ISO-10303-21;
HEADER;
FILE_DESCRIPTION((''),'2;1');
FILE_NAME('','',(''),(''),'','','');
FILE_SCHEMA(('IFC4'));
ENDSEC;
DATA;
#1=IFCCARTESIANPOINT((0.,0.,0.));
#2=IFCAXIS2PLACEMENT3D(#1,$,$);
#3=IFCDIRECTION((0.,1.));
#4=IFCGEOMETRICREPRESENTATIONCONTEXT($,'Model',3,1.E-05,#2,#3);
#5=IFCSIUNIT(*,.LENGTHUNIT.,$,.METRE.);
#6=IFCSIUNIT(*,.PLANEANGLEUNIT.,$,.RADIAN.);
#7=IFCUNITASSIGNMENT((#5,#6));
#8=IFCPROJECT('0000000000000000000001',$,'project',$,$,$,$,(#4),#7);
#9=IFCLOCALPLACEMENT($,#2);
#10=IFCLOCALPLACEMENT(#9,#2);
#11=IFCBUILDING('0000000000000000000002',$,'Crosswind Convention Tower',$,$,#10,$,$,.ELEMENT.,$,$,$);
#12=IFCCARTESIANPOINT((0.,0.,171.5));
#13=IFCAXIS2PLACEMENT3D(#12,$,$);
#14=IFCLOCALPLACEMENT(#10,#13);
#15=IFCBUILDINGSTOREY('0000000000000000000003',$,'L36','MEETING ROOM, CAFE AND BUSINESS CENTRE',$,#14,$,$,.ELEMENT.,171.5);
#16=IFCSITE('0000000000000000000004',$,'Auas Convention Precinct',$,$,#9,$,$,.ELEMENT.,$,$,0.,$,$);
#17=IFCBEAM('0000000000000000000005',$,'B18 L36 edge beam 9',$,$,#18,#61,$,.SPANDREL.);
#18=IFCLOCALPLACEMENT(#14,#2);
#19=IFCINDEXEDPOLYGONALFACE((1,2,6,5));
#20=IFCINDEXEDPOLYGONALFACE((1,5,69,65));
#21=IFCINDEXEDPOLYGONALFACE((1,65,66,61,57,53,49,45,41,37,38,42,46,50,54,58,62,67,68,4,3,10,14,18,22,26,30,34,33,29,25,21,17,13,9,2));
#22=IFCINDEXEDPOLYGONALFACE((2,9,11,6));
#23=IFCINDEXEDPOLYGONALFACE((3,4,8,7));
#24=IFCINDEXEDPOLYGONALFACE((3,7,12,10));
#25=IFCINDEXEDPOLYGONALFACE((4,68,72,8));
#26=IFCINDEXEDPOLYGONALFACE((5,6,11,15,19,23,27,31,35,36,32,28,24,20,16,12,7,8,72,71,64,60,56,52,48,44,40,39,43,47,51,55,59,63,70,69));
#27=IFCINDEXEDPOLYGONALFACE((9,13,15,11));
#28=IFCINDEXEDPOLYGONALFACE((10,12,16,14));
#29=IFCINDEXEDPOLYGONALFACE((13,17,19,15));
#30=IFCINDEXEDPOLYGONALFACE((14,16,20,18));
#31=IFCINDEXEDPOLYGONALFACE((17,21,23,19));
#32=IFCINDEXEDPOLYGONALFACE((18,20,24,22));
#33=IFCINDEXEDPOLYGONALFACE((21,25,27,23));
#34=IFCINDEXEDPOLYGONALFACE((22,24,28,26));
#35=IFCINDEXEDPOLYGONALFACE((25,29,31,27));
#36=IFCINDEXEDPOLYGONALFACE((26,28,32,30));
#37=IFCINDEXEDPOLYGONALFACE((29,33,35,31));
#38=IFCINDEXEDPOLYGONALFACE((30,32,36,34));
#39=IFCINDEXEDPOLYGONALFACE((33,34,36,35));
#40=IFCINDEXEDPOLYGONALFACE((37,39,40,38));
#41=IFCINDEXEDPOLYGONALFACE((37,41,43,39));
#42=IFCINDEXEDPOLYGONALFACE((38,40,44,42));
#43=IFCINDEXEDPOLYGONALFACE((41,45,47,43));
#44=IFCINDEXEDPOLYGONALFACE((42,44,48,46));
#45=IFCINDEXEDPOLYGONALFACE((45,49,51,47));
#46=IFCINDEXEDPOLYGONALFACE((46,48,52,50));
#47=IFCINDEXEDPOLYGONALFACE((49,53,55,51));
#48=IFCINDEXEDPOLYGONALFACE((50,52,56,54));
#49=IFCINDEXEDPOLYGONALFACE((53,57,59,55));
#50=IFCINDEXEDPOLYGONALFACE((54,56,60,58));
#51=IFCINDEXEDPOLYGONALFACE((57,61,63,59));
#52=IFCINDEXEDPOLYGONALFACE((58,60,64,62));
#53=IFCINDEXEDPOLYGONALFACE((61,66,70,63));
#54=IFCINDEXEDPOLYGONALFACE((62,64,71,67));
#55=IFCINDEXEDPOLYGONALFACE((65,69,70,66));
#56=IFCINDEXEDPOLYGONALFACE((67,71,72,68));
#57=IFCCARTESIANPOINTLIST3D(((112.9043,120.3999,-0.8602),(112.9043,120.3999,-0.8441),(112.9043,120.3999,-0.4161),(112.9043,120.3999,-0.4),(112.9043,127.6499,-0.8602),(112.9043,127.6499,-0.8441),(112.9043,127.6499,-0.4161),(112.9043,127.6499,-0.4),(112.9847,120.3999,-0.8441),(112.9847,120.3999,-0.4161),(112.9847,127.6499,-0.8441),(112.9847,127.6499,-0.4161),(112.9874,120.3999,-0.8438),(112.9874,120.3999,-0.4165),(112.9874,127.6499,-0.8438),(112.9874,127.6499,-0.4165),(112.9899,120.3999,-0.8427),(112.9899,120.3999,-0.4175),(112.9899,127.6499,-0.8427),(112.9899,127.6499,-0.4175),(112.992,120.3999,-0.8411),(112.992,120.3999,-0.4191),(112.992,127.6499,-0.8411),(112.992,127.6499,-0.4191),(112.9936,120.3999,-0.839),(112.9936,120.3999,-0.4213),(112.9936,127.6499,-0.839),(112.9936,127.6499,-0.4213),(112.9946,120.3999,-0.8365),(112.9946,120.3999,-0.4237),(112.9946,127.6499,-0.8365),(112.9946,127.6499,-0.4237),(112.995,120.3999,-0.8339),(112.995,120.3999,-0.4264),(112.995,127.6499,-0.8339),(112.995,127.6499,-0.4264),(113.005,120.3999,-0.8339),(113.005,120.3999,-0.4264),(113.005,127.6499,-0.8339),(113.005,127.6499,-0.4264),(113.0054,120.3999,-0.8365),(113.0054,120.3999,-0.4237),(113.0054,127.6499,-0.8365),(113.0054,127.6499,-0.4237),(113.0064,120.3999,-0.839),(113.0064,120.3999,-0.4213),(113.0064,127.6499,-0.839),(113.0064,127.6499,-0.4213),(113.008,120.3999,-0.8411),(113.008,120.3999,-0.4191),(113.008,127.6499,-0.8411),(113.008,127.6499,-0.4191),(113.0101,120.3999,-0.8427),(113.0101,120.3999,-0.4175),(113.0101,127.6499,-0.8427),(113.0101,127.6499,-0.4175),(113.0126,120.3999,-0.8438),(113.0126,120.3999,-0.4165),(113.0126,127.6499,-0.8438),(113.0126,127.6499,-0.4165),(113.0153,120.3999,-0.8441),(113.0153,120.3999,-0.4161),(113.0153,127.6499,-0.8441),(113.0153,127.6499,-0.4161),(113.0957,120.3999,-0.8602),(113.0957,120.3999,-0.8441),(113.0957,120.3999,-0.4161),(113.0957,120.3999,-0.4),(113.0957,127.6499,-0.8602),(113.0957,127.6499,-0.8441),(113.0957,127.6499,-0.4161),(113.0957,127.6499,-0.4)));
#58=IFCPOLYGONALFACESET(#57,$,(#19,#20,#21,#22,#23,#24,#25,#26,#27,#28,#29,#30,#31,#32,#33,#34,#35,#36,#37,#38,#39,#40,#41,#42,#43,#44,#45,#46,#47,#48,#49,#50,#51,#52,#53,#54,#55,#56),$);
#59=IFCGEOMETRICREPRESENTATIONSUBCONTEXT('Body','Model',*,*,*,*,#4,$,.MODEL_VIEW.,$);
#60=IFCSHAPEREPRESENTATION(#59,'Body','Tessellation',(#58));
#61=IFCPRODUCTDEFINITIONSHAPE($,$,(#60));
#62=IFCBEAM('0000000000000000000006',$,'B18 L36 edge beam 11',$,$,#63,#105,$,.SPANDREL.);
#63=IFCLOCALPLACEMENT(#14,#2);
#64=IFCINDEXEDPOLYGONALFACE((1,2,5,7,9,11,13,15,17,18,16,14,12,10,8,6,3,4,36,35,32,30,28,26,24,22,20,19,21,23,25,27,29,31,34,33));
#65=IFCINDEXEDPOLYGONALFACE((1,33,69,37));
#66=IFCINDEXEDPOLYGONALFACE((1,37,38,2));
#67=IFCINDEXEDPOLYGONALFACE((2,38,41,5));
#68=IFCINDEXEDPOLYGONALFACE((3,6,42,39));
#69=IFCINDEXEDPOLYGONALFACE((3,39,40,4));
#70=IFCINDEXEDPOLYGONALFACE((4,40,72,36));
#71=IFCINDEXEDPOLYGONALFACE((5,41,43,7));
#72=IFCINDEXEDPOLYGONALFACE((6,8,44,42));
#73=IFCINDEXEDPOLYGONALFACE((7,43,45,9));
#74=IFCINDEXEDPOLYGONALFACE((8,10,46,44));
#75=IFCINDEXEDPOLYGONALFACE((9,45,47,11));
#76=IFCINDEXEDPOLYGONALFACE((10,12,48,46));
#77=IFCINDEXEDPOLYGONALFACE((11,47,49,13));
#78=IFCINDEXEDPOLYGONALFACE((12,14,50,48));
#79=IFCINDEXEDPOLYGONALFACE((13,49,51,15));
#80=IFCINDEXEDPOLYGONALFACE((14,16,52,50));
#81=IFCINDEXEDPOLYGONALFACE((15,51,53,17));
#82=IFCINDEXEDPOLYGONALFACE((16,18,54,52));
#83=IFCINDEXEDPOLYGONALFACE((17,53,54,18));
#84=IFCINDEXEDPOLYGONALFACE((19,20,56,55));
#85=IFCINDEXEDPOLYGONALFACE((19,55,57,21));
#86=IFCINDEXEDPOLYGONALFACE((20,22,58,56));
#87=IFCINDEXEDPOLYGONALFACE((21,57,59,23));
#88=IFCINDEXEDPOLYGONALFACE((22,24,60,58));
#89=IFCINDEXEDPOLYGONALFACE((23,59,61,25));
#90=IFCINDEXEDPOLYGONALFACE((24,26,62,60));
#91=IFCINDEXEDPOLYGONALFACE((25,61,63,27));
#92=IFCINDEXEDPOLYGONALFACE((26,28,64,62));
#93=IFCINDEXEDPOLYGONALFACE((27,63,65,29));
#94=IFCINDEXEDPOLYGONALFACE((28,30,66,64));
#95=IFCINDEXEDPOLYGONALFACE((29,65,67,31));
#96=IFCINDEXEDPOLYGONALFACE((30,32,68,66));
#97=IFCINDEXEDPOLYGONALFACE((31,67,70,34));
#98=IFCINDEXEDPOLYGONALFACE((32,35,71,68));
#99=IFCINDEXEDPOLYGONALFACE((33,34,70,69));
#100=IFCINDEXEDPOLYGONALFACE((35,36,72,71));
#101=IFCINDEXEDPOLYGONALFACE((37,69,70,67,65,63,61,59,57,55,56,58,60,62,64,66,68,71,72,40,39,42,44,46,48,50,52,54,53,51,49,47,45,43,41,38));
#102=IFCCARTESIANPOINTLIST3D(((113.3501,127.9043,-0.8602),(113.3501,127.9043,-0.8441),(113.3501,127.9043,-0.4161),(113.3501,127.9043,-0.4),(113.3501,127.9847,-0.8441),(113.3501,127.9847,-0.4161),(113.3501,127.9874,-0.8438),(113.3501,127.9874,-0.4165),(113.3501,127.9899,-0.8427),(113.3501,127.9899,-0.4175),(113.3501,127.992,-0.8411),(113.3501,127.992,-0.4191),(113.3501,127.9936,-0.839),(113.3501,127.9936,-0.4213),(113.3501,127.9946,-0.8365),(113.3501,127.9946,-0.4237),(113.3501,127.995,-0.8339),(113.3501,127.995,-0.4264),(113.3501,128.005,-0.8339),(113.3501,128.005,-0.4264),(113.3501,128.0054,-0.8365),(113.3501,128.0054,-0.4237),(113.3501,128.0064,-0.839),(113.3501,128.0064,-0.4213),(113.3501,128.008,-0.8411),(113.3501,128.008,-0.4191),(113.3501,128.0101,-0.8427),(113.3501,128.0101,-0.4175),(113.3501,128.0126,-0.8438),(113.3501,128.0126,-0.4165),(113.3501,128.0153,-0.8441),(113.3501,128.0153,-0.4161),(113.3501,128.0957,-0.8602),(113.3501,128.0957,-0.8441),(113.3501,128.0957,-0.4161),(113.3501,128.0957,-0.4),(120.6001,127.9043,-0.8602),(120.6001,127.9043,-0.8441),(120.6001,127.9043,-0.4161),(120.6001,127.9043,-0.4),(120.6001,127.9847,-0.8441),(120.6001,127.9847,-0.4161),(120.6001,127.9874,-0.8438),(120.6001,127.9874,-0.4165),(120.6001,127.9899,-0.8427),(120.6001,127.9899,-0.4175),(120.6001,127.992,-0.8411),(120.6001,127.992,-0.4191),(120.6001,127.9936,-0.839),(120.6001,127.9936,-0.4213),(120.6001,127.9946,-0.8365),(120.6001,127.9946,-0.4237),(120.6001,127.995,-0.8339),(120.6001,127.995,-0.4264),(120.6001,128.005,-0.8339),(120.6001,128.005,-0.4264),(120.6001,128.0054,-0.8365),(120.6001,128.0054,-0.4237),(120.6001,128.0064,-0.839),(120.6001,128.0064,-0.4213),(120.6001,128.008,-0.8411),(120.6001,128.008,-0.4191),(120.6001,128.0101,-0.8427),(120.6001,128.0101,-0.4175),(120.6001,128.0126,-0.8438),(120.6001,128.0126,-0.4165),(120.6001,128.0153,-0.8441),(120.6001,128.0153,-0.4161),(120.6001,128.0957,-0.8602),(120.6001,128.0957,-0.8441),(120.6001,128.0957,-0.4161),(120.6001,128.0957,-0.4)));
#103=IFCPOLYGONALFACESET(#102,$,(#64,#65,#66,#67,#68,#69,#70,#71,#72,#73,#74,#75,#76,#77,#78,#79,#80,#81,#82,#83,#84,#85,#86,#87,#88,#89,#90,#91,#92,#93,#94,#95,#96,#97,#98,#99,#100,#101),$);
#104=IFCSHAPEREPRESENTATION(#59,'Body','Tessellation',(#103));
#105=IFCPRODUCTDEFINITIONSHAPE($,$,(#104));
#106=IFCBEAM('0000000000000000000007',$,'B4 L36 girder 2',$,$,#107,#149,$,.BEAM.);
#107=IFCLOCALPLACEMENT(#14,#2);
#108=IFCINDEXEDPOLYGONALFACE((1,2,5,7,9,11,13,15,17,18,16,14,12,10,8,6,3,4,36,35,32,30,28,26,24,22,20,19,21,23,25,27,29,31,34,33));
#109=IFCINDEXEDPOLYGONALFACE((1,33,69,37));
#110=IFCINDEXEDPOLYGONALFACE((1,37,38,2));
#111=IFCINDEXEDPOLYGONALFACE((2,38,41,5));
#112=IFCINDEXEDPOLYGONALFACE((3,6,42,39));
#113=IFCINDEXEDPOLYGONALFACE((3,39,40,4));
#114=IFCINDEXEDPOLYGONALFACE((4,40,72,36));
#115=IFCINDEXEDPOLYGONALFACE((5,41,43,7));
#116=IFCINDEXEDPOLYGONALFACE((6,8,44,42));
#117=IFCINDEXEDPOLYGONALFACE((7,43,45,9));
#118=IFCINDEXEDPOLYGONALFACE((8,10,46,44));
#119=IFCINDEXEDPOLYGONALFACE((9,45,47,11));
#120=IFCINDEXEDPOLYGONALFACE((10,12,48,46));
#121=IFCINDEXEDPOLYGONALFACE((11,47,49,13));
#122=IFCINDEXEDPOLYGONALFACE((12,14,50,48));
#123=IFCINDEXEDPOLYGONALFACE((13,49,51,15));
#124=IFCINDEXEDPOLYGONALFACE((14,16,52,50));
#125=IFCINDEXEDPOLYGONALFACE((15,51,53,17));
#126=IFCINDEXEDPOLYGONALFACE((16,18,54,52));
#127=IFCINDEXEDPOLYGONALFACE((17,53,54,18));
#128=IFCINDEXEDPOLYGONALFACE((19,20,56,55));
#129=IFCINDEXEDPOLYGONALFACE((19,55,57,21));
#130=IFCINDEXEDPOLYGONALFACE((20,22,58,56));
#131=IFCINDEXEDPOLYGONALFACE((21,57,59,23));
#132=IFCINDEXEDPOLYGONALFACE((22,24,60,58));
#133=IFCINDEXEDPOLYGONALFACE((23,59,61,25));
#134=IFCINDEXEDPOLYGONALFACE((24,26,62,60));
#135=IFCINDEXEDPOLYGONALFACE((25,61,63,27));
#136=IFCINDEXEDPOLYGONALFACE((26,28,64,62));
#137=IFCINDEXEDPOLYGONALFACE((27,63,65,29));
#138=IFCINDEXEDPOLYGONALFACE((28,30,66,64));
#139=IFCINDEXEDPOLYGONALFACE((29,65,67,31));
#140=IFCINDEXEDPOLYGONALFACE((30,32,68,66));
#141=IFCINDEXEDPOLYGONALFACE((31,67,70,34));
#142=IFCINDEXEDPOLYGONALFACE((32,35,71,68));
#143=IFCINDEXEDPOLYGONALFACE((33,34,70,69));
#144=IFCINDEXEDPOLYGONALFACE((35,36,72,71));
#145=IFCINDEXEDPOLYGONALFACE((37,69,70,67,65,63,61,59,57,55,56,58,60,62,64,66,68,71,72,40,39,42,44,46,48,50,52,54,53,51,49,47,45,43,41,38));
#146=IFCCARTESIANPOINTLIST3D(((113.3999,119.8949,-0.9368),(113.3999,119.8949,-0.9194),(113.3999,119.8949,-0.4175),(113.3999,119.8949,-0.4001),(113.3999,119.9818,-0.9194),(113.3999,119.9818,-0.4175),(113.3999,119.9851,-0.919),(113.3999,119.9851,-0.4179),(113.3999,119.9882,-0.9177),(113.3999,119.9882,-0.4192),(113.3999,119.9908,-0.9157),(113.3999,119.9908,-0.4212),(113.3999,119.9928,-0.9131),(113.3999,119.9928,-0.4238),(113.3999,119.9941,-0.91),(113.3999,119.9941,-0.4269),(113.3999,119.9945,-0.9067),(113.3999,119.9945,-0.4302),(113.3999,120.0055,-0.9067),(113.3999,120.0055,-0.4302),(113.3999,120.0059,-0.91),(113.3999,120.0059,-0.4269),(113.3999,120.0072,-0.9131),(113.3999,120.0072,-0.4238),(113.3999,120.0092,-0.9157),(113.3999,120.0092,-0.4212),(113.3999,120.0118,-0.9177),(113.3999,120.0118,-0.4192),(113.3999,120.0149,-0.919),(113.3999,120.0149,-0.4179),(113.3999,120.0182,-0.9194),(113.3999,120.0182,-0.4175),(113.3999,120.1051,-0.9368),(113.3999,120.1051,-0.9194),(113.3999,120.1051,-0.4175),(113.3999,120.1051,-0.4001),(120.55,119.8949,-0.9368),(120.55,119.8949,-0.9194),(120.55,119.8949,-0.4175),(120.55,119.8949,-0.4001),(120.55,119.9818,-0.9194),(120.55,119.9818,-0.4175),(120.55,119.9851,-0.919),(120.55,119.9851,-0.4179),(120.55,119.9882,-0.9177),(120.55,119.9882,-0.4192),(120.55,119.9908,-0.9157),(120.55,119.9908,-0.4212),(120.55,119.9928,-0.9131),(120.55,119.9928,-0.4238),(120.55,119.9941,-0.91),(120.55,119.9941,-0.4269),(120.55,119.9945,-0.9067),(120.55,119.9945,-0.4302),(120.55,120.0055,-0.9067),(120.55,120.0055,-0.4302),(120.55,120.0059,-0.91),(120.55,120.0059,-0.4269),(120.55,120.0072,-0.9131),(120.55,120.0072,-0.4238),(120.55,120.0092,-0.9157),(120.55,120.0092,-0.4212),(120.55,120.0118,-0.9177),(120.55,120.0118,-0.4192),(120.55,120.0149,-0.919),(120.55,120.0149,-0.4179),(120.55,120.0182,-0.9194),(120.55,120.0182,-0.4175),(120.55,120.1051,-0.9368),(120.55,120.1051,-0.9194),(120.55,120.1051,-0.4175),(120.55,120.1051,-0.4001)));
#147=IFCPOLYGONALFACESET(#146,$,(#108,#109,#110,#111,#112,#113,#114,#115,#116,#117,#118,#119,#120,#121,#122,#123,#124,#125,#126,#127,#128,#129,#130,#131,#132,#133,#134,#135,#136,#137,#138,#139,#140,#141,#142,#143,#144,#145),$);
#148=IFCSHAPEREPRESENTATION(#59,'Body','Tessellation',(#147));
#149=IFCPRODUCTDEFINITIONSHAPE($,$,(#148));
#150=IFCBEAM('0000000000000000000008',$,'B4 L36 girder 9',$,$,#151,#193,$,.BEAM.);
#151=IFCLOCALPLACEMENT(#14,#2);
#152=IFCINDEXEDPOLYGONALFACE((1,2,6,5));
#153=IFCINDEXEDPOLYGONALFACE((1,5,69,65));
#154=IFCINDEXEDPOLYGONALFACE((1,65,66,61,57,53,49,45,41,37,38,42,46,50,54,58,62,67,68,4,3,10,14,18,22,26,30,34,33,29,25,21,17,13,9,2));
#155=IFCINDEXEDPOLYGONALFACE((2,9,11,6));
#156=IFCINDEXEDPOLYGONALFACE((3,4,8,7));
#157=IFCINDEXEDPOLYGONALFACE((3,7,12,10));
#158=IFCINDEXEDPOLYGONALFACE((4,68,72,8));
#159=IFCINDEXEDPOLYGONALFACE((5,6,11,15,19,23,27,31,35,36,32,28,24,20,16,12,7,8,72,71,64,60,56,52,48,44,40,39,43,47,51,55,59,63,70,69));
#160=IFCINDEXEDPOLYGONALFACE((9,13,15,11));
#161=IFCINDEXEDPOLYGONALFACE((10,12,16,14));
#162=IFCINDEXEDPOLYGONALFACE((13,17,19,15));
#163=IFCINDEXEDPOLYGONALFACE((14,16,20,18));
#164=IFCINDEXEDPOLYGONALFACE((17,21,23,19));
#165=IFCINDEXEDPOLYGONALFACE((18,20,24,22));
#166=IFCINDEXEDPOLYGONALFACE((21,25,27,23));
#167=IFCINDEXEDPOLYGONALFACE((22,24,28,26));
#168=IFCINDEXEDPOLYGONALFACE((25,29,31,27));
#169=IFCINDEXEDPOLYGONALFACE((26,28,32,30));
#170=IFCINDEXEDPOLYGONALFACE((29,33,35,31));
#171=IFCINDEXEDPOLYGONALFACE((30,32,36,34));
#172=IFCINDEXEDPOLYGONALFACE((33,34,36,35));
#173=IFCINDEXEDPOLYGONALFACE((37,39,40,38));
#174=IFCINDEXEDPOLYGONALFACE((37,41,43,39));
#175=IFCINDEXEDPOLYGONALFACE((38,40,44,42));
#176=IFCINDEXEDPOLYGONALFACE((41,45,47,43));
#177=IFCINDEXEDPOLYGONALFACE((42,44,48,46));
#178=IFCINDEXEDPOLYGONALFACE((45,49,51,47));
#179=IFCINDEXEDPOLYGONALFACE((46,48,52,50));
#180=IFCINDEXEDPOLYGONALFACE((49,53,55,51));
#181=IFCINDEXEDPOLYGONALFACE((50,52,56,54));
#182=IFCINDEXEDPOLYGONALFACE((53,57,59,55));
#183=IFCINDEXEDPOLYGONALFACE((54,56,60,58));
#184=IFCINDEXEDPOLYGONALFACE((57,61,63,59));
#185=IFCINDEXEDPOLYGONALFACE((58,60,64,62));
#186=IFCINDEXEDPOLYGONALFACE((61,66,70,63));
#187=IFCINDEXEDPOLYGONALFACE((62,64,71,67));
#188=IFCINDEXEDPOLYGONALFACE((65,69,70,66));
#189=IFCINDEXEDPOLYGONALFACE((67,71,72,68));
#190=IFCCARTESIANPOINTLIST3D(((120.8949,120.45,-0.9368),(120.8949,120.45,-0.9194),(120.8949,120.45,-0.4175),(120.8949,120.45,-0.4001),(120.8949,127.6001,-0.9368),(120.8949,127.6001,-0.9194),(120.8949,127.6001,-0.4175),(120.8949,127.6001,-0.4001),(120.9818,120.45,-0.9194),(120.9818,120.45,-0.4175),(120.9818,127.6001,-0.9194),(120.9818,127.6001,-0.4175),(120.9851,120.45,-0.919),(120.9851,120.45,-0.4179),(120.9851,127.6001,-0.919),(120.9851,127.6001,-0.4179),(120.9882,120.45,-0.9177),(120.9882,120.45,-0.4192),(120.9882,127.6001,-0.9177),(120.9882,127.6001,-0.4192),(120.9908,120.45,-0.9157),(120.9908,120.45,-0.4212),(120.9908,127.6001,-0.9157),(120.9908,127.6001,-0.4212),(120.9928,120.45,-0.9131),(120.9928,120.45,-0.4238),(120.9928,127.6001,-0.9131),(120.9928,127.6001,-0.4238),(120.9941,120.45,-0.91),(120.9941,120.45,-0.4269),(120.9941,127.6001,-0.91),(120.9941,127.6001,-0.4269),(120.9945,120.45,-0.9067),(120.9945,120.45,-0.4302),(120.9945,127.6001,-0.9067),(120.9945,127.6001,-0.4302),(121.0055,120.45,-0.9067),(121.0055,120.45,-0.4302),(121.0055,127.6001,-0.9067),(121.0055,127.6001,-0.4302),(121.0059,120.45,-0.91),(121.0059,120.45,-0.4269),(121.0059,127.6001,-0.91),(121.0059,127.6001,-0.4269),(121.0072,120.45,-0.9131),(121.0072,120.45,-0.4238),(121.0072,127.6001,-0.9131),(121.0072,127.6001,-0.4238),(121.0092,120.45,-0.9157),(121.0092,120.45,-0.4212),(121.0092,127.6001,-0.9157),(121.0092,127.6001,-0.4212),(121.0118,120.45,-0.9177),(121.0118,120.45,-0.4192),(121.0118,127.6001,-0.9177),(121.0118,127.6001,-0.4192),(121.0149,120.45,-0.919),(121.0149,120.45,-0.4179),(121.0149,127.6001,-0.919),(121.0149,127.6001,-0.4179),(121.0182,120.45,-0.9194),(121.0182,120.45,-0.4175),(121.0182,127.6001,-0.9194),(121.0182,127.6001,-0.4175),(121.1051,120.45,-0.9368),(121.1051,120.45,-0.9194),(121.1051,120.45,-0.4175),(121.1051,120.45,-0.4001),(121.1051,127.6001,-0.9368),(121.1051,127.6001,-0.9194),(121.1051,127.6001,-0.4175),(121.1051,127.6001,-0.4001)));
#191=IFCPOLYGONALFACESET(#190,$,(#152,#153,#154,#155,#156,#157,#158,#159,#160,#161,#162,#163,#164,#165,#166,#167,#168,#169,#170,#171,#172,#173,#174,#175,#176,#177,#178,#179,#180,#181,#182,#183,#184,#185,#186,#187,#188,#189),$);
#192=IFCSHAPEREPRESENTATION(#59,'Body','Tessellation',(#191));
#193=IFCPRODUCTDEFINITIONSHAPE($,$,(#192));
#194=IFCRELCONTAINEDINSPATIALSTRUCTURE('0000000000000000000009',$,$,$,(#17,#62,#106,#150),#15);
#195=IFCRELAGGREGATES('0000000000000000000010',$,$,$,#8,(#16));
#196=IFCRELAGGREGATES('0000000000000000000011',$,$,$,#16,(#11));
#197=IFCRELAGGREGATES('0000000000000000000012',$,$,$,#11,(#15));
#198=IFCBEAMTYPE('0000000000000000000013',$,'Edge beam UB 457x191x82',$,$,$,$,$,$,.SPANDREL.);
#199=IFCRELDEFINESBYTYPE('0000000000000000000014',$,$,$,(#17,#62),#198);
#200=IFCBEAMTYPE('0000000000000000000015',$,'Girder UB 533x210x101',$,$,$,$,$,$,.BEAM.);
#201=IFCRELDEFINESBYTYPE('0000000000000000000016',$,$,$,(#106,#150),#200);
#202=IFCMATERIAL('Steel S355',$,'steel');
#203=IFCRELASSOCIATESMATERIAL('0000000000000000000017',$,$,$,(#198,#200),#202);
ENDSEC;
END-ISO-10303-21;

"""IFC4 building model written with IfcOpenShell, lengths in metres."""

from ifc_helpers import new_model, si_unit, direction, frame, origin, origin_2d, place, context, subcontext, project, spatial, i_section, extrude, material, material_profile, profile_set, type_object, element, save


model = new_model("IFC4")

# Units and contexts
model_context = context("Model", 3, precision=1e-05, world=origin(), true_north=direction((0.0, 1.0)))
body_context = subcontext(model_context, "Body", "Model", "MODEL_VIEW")
ifc_project = project(units=[si_unit("LENGTHUNIT", "METRE"), si_unit("PLANEANGLEUNIT", "RADIAN")], contexts=[model_context])

# Site, building, storey
site_placement = place(None, origin())
site = spatial("IfcSite", under=ifc_project, at=site_placement, Name="Auas Convention Precinct", CompositionType="ELEMENT", RefElevation=0.0)
building_placement = place(site_placement, origin())
building = spatial("IfcBuilding", under=site, at=building_placement, Name="Crosswind Convention Tower", CompositionType="ELEMENT")
storey_placement = place(building_placement, frame((0.0, 0.0, 171.5)))
storey = spatial("IfcBuildingStorey", under=building, at=storey_placement, Name="L36", Description="MEETING ROOM, CAFE AND BUSINESS CENTRE", CompositionType="ELEMENT", Elevation=171.5)

# Beams
ifc_material_1 = material(Name="Steel S355", Category="steel")
ifc_material_profile_1 = material_profile(ifc_material_1, i_section(OverallWidth=0.1914, OverallDepth=0.4602, WebThickness=0.01, FlangeThickness=0.0161, FilletRadius=0.0103, at=origin_2d()), Name="UB 457x191x82")
ifc_profile_set_1 = profile_set([ifc_material_profile_1], Name="Steel S355")
beam_type_1 = type_object("IfcBeamType", Name="Edge beam UB 457x191x82", PredefinedType="SPANDREL", material=ifc_profile_set_1)
for number, where, z_axis, x_axis, name in (
    (1, (113.0, 120.3999, -0.6301), (0.0, 1.0, 0.0), (-1.0, 0.0, 0.0), "B18 L36 edge beam 9"),
    (2, (113.3501, 128.0, -0.6301), (1.0, 0.0, 0.0), (0.0, 1.0, 0.0), "B18 L36 edge beam 11"),
):
    element("IfcBeam", number, at=place(storey_placement, frame(where, z_axis=z_axis, x_axis=x_axis)), inside=storey, type_object=beam_type_1, Name=name, PredefinedType="SPANDREL", context=body_context, shape_type="SweptSolid", body=[
        extrude(i_section(OverallWidth=0.1914, OverallDepth=0.4602, WebThickness=0.01, FlangeThickness=0.0161, FilletRadius=0.0103, at=origin_2d()), origin(), (0.0, 0.0, 1.0), 7.25),
    ])
ifc_material_profile_2 = material_profile(ifc_material_1, i_section(OverallWidth=0.2102, OverallDepth=0.5366, WebThickness=0.011, FlangeThickness=0.0173, FilletRadius=0.0127, at=origin_2d()), Name="UB 533x210x101")
ifc_profile_set_2 = profile_set([ifc_material_profile_2], Name="Steel S355")
beam_type_2 = type_object("IfcBeamType", Name="Girder UB 533x210x101", PredefinedType="BEAM", material=ifc_profile_set_2)
for number, where, z_axis, x_axis, name in (
    (3, (113.3999, 120.0, -0.6685), (1.0, 0.0, 0.0), (0.0, 1.0, 0.0), "B4 L36 girder 2"),
    (4, (121.0, 120.45, -0.6685), (0.0, 1.0, 0.0), (-1.0, 0.0, 0.0), "B4 L36 girder 9"),
):
    element("IfcBeam", number, at=place(storey_placement, frame(where, z_axis=z_axis, x_axis=x_axis)), inside=storey, type_object=beam_type_2, Name=name, PredefinedType="BEAM", context=body_context, shape_type="SweptSolid", body=[
        extrude(i_section(OverallWidth=0.2102, OverallDepth=0.5366, WebThickness=0.011, FlangeThickness=0.0173, FilletRadius=0.0127, at=origin_2d()), origin(), (0.0, 0.0, 1.0), 7.1501),
    ])

save(model, "model.ifc")
